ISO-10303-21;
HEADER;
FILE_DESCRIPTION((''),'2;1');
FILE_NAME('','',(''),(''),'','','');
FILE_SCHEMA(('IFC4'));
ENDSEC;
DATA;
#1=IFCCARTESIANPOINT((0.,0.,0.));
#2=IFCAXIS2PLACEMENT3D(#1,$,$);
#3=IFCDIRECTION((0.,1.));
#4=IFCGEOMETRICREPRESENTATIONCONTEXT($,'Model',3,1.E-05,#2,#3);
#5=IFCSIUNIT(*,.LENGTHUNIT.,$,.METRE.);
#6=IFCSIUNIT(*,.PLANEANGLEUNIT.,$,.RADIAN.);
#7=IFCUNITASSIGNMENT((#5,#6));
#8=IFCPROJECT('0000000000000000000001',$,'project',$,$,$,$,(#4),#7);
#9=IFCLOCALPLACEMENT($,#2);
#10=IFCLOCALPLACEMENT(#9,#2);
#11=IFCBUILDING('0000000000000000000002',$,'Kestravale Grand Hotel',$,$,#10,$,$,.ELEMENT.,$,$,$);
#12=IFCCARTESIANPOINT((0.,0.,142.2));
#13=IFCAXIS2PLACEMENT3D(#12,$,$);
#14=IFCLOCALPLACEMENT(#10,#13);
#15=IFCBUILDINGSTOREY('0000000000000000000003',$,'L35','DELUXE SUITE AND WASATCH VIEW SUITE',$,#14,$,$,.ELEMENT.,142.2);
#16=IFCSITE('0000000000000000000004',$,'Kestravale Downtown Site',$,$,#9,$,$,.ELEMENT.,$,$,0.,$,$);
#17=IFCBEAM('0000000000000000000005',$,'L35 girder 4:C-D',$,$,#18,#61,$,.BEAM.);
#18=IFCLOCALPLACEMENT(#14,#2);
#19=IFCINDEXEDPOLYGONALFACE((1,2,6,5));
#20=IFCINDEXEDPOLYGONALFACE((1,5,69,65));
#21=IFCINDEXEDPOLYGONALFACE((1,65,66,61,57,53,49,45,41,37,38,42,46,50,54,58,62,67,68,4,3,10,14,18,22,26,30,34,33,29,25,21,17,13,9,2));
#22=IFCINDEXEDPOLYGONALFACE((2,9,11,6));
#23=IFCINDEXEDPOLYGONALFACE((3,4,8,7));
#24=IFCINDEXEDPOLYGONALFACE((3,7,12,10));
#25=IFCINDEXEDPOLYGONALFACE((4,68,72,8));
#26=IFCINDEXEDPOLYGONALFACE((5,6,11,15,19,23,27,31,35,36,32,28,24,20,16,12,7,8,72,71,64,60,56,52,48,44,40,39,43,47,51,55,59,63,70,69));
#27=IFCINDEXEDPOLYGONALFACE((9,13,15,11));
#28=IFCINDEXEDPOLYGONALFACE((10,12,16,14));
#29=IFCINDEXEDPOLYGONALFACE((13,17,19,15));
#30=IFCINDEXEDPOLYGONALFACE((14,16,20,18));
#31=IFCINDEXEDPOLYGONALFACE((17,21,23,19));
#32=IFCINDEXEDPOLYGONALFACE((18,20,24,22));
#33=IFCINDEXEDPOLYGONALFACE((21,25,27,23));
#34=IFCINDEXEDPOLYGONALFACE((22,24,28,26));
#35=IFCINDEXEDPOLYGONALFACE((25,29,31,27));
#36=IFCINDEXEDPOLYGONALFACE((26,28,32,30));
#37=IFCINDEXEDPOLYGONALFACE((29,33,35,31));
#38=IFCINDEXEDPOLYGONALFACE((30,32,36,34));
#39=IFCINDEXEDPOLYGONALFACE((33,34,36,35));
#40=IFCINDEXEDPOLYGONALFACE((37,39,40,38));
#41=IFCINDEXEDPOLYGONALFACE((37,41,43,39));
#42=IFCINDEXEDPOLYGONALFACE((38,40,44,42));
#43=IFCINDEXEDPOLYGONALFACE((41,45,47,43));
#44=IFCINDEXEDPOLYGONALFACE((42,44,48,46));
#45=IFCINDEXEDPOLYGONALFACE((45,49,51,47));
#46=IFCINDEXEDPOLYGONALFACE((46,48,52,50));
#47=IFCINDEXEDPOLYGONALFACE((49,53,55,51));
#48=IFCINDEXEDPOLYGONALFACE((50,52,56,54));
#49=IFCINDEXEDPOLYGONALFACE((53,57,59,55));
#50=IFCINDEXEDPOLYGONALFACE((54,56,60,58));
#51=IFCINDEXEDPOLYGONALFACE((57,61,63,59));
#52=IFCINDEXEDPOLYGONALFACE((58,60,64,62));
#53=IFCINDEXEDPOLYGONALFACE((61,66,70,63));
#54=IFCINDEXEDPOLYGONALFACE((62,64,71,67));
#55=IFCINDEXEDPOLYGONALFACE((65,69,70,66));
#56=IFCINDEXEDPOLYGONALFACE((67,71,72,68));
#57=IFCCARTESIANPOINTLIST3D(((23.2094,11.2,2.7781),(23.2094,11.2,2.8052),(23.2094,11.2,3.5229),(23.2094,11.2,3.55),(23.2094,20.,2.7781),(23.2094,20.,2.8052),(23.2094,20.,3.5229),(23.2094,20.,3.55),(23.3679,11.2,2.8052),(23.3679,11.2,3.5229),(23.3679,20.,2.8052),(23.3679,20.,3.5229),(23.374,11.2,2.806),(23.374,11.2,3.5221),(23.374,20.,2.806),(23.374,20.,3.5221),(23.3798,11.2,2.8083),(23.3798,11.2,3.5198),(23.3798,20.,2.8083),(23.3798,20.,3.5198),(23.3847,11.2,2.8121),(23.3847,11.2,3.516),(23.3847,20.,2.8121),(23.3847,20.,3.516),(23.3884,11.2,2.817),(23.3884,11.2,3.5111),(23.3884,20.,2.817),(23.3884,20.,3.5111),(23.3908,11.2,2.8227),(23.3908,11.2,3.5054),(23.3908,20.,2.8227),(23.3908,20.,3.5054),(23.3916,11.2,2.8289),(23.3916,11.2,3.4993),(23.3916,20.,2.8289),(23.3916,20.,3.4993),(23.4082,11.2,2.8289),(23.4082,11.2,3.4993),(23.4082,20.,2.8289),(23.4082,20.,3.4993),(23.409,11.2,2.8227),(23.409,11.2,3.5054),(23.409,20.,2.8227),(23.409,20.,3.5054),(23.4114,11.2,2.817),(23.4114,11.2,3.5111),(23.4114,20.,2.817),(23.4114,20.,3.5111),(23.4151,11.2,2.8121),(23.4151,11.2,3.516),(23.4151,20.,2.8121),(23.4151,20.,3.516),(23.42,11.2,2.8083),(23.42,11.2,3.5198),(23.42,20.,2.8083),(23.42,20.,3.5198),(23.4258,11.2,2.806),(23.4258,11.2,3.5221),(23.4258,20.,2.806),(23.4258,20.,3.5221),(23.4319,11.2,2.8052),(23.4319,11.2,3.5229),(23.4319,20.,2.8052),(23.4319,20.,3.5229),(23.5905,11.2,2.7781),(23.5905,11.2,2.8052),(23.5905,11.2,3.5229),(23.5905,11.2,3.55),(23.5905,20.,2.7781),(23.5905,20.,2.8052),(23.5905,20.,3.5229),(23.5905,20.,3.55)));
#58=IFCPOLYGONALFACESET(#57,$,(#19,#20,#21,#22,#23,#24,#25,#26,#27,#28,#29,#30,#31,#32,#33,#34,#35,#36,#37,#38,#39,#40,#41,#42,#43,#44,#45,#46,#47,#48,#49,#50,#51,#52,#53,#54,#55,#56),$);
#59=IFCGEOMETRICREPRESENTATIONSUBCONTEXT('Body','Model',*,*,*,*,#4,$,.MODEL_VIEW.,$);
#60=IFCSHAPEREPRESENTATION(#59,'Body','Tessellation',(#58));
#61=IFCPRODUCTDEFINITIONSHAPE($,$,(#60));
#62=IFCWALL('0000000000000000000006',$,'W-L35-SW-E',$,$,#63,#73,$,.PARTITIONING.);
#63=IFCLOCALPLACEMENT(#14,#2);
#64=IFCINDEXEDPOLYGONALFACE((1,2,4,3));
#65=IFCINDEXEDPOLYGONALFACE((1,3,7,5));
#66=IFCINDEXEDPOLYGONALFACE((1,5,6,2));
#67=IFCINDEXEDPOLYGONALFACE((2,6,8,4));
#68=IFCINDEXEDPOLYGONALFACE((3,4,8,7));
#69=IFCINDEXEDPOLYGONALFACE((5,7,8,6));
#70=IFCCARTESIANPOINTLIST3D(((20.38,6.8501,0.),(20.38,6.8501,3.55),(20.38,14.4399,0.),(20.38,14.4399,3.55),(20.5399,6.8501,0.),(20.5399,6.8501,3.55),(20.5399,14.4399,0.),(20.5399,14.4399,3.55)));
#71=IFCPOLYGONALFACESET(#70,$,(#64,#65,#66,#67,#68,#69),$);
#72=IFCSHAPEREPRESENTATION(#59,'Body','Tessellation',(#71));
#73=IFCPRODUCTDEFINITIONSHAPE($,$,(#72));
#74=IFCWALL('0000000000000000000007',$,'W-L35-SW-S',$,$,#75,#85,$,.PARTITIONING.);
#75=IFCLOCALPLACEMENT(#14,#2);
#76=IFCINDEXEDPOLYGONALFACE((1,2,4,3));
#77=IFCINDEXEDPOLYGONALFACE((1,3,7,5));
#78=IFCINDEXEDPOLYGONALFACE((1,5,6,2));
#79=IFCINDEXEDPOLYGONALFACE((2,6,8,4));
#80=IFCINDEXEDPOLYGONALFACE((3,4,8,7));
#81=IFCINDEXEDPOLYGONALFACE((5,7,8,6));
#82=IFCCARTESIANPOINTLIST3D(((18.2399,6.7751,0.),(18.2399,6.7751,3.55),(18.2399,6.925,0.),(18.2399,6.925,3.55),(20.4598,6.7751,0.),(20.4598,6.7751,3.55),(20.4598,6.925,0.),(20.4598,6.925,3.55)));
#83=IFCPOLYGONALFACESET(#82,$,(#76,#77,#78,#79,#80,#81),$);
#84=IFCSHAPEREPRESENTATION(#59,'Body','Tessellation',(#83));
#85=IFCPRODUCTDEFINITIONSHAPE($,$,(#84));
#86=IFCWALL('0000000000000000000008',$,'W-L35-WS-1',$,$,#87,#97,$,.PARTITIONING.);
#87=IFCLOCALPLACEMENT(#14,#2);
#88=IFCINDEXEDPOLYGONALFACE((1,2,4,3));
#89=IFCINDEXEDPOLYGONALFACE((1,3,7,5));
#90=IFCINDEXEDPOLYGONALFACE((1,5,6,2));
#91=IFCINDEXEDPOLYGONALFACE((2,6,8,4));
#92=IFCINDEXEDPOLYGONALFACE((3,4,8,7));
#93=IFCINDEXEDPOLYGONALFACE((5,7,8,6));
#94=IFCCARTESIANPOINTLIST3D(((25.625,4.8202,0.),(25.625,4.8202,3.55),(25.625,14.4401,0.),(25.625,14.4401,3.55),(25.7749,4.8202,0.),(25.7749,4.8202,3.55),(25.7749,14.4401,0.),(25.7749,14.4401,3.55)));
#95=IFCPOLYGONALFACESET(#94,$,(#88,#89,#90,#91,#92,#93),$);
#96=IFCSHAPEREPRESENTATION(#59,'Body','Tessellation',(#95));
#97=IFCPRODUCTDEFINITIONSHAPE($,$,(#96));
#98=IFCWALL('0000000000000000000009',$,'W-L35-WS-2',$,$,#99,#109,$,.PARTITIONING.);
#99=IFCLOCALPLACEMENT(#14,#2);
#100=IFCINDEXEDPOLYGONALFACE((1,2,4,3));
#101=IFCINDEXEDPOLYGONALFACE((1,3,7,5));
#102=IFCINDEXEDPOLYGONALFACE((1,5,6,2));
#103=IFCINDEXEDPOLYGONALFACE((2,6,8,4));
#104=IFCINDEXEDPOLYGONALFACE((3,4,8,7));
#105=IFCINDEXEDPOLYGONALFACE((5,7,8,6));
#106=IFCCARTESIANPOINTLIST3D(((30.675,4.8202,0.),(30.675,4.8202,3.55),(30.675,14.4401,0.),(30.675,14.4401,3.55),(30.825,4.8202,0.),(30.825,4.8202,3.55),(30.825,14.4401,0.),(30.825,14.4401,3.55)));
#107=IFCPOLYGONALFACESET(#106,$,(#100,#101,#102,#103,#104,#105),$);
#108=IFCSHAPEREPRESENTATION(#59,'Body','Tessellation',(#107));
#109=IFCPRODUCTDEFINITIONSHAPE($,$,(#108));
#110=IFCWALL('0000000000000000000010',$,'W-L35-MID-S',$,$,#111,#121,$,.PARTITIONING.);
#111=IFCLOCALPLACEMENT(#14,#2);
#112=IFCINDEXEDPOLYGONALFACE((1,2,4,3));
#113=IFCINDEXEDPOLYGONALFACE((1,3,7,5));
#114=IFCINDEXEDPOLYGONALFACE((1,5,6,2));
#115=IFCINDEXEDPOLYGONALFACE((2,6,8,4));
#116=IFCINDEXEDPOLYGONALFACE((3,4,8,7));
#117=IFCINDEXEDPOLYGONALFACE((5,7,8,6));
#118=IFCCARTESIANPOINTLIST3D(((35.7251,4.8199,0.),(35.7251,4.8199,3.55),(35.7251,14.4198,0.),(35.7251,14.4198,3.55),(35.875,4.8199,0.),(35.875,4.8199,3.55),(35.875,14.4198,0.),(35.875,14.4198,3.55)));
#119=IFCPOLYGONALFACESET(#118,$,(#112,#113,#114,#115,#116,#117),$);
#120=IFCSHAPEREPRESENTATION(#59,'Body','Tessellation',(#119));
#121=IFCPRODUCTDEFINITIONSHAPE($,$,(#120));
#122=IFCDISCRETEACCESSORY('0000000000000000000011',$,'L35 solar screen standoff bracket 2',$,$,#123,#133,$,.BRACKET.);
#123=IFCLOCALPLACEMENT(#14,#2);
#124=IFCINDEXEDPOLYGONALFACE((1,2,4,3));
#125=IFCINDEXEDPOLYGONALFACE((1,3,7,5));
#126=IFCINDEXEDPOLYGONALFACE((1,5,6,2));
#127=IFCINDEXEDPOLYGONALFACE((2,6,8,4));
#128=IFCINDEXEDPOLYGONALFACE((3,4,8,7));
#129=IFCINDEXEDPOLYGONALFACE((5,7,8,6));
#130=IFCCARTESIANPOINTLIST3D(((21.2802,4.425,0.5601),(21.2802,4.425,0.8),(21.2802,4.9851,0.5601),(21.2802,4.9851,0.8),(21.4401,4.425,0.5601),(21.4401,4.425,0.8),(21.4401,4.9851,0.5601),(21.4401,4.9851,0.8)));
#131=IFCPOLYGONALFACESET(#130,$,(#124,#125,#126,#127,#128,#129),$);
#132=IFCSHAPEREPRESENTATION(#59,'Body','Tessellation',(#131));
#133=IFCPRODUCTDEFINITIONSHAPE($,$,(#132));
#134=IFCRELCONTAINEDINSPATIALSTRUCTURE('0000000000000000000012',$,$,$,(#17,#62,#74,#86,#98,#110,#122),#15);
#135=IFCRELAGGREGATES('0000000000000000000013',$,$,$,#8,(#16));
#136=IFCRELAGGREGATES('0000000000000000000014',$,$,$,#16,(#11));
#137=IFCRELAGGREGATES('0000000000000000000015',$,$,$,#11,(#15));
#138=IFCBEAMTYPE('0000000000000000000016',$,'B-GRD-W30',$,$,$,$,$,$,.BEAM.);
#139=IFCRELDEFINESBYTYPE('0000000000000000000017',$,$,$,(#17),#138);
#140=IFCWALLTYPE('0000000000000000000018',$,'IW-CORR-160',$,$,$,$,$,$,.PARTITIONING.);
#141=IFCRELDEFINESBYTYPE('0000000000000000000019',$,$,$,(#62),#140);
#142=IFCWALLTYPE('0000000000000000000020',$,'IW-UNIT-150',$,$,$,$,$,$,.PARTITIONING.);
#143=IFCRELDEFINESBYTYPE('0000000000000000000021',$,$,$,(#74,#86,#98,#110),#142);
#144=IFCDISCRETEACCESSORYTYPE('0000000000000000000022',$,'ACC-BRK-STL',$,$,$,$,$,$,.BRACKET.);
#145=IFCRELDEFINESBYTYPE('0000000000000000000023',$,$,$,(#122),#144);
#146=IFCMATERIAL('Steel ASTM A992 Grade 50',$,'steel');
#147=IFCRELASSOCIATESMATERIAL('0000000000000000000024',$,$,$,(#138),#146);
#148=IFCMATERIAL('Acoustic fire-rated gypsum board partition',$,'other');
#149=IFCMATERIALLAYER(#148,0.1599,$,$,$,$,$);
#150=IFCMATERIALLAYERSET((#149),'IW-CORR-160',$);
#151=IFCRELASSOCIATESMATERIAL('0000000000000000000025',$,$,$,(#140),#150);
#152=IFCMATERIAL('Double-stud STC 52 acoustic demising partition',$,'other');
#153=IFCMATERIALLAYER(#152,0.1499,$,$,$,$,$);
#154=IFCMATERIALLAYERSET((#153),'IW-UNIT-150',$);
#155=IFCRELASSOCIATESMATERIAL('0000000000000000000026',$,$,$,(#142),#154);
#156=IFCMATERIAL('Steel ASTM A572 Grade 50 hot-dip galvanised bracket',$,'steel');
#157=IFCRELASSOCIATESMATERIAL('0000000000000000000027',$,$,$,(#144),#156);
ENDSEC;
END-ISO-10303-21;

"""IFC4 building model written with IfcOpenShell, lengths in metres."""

from ifc_helpers import new_model, si_unit, direction, frame, frame_2d, origin, origin_2d, place, context, subcontext, project, spatial, rectangle, i_section, extrude, material, layer, layer_set, material_profile, profile_set, type_object, element, save


model = new_model("IFC4")

# Units and contexts
model_context = context("Model", 3, precision=1e-05, world=origin(), true_north=direction((0.0, 1.0)))
body_context = subcontext(model_context, "Body", "Model", "MODEL_VIEW")
ifc_project = project(units=[si_unit("LENGTHUNIT", "METRE"), si_unit("PLANEANGLEUNIT", "RADIAN")], contexts=[model_context])

# Site, building, storey
site_placement = place(None, origin())
site = spatial("IfcSite", under=ifc_project, at=site_placement, Name="Kestravale Downtown Site", CompositionType="ELEMENT", RefElevation=0.0)
building_placement = place(site_placement, origin())
building = spatial("IfcBuilding", under=site, at=building_placement, Name="Kestravale Grand Hotel", CompositionType="ELEMENT")
storey_placement = place(building_placement, frame((0.0, 0.0, 142.2)))
storey = spatial("IfcBuildingStorey", under=building, at=storey_placement, Name="L35", Description="DELUXE SUITE AND WASATCH VIEW SUITE", CompositionType="ELEMENT", Elevation=142.2)

# Beam
ifc_material_1 = material(Name="Steel ASTM A992 Grade 50", Category="steel")
ifc_material_profile_1 = material_profile(ifc_material_1, i_section(OverallWidth=0.3811, OverallDepth=0.772, WebThickness=0.0166, FlangeThickness=0.0271, FilletRadius=0.0237, at=origin_2d()))
ifc_profile_set_1 = profile_set([ifc_material_profile_1], Name="Steel ASTM A992 Grade 50")
beam_type_1 = type_object("IfcBeamType", Name="B-GRD-W30", PredefinedType="BEAM", material=ifc_profile_set_1)
beam_1_placement = place(storey_placement, frame((23.3999, 11.2, 3.1641), z_axis=(0.0, 1.0, 0.0), x_axis=(-1.0, 0.0, 0.0)))
element("IfcBeam", 1, at=beam_1_placement, inside=storey, type_object=beam_type_1, Name="L35 girder 4:C-D", PredefinedType="BEAM", context=body_context, shape_type="SweptSolid", body=[
    extrude(i_section(OverallWidth=0.3811, OverallDepth=0.772, WebThickness=0.0166, FlangeThickness=0.0271, FilletRadius=0.0237, at=origin_2d()), origin(), (0.0, 0.0, 1.0), 8.8),
])

# Walls
ifc_material_2 = material(Name="Acoustic fire-rated gypsum board partition", Category="other")
ifc_layer_1 = layer(ifc_material_2, 0.1599)
ifc_layer_set_1 = layer_set([ifc_layer_1], Name="IW-CORR-160")
wall_type_1 = type_object("IfcWallType", Name="IW-CORR-160", PredefinedType="PARTITIONING", material=ifc_layer_set_1)
wall_1_placement = place(storey_placement, frame((20.46, 6.8501, 0.0), z_axis=(0.0, 0.0, 1.0), x_axis=(0.0, 1.0, 0.0)))
element("IfcWall", 2, at=wall_1_placement, inside=storey, type_object=wall_type_1, Name="W-L35-SW-E", PredefinedType="PARTITIONING", context=body_context, shape_type="SweptSolid", body=[
    extrude(rectangle(XDim=7.5898, YDim=0.1599, at=frame_2d((3.7949, 0.0))), origin(), (0.0, 0.0, 1.0), 3.55),
])
ifc_material_3 = material(Name="Double-stud STC 52 acoustic demising partition", Category="other")
ifc_layer_2 = layer(ifc_material_3, 0.1499)
ifc_layer_set_2 = layer_set([ifc_layer_2], Name="IW-UNIT-150")
wall_type_2 = type_object("IfcWallType", Name="IW-UNIT-150", PredefinedType="PARTITIONING", material=ifc_layer_set_2)
wall_2_placement = place(storey_placement, frame((18.24, 6.8501, 0.0), z_axis=(0.0, 0.0, 1.0), x_axis=(1.0, 0.0, 0.0)))
element("IfcWall", 3, at=wall_2_placement, inside=storey, type_object=wall_type_2, Name="W-L35-SW-S", PredefinedType="PARTITIONING", context=body_context, shape_type="SweptSolid", body=[
    extrude(rectangle(XDim=2.22, YDim=0.1499, at=frame_2d((1.1099, 0.0))), origin(), (0.0, 0.0, 1.0), 3.55),
])
for number, where, z_axis, x_axis, name in (
    (4, (25.7, 4.8201, 0.0), (0.0, 0.0, 1.0), (0.0, 1.0, 0.0), "W-L35-WS-1"),
    (5, (30.75, 4.8201, 0.0), (0.0, 0.0, 1.0), (0.0, 1.0, 0.0), "W-L35-WS-2"),
):
    element("IfcWall", number, at=place(storey_placement, frame(where, z_axis=z_axis, x_axis=x_axis)), inside=storey, type_object=wall_type_2, Name=name, PredefinedType="PARTITIONING", context=body_context, shape_type="SweptSolid", body=[
        extrude(rectangle(XDim=9.6199, YDim=0.1499, at=frame_2d((4.8101, 0.0))), origin(), (0.0, 0.0, 1.0), 3.55),
    ])
wall_3_placement = place(storey_placement, frame((35.8, 4.8201, 0.0), z_axis=(0.0, 0.0, 1.0), x_axis=(0.0, 1.0, 0.0)))
element("IfcWall", 6, at=wall_3_placement, inside=storey, type_object=wall_type_2, Name="W-L35-MID-S", PredefinedType="PARTITIONING", context=body_context, shape_type="SweptSolid", body=[
    extrude(rectangle(XDim=9.5999, YDim=0.1499, at=frame_2d((4.7998, 0.0))), origin(), (0.0, 0.0, 1.0), 3.55),
])

# Discrete accessory
ifc_material_4 = material(Name="Steel ASTM A572 Grade 50 hot-dip galvanised bracket", Category="steel")
discrete_accessory_type = type_object("IfcDiscreteAccessoryType", Name="ACC-BRK-STL", PredefinedType="BRACKET", material=ifc_material_4)
discrete_accessory_placement = place(storey_placement, frame((21.3601, 4.7051, 0.5601), z_axis=(0.0, 0.0, 1.0), x_axis=(1.0, 0.0, 0.0)))
element("IfcDiscreteAccessory", 7, at=discrete_accessory_placement, inside=storey, type_object=discrete_accessory_type, Name="L35 solar screen standoff bracket 2", PredefinedType="BRACKET", context=body_context, shape_type="SweptSolid", body=[
    extrude(rectangle(XDim=0.1599, YDim=0.5601, at=origin_2d()), origin(), (0.0, 0.0, 1.0), 0.24),
])

save(model, "model.ifc")
